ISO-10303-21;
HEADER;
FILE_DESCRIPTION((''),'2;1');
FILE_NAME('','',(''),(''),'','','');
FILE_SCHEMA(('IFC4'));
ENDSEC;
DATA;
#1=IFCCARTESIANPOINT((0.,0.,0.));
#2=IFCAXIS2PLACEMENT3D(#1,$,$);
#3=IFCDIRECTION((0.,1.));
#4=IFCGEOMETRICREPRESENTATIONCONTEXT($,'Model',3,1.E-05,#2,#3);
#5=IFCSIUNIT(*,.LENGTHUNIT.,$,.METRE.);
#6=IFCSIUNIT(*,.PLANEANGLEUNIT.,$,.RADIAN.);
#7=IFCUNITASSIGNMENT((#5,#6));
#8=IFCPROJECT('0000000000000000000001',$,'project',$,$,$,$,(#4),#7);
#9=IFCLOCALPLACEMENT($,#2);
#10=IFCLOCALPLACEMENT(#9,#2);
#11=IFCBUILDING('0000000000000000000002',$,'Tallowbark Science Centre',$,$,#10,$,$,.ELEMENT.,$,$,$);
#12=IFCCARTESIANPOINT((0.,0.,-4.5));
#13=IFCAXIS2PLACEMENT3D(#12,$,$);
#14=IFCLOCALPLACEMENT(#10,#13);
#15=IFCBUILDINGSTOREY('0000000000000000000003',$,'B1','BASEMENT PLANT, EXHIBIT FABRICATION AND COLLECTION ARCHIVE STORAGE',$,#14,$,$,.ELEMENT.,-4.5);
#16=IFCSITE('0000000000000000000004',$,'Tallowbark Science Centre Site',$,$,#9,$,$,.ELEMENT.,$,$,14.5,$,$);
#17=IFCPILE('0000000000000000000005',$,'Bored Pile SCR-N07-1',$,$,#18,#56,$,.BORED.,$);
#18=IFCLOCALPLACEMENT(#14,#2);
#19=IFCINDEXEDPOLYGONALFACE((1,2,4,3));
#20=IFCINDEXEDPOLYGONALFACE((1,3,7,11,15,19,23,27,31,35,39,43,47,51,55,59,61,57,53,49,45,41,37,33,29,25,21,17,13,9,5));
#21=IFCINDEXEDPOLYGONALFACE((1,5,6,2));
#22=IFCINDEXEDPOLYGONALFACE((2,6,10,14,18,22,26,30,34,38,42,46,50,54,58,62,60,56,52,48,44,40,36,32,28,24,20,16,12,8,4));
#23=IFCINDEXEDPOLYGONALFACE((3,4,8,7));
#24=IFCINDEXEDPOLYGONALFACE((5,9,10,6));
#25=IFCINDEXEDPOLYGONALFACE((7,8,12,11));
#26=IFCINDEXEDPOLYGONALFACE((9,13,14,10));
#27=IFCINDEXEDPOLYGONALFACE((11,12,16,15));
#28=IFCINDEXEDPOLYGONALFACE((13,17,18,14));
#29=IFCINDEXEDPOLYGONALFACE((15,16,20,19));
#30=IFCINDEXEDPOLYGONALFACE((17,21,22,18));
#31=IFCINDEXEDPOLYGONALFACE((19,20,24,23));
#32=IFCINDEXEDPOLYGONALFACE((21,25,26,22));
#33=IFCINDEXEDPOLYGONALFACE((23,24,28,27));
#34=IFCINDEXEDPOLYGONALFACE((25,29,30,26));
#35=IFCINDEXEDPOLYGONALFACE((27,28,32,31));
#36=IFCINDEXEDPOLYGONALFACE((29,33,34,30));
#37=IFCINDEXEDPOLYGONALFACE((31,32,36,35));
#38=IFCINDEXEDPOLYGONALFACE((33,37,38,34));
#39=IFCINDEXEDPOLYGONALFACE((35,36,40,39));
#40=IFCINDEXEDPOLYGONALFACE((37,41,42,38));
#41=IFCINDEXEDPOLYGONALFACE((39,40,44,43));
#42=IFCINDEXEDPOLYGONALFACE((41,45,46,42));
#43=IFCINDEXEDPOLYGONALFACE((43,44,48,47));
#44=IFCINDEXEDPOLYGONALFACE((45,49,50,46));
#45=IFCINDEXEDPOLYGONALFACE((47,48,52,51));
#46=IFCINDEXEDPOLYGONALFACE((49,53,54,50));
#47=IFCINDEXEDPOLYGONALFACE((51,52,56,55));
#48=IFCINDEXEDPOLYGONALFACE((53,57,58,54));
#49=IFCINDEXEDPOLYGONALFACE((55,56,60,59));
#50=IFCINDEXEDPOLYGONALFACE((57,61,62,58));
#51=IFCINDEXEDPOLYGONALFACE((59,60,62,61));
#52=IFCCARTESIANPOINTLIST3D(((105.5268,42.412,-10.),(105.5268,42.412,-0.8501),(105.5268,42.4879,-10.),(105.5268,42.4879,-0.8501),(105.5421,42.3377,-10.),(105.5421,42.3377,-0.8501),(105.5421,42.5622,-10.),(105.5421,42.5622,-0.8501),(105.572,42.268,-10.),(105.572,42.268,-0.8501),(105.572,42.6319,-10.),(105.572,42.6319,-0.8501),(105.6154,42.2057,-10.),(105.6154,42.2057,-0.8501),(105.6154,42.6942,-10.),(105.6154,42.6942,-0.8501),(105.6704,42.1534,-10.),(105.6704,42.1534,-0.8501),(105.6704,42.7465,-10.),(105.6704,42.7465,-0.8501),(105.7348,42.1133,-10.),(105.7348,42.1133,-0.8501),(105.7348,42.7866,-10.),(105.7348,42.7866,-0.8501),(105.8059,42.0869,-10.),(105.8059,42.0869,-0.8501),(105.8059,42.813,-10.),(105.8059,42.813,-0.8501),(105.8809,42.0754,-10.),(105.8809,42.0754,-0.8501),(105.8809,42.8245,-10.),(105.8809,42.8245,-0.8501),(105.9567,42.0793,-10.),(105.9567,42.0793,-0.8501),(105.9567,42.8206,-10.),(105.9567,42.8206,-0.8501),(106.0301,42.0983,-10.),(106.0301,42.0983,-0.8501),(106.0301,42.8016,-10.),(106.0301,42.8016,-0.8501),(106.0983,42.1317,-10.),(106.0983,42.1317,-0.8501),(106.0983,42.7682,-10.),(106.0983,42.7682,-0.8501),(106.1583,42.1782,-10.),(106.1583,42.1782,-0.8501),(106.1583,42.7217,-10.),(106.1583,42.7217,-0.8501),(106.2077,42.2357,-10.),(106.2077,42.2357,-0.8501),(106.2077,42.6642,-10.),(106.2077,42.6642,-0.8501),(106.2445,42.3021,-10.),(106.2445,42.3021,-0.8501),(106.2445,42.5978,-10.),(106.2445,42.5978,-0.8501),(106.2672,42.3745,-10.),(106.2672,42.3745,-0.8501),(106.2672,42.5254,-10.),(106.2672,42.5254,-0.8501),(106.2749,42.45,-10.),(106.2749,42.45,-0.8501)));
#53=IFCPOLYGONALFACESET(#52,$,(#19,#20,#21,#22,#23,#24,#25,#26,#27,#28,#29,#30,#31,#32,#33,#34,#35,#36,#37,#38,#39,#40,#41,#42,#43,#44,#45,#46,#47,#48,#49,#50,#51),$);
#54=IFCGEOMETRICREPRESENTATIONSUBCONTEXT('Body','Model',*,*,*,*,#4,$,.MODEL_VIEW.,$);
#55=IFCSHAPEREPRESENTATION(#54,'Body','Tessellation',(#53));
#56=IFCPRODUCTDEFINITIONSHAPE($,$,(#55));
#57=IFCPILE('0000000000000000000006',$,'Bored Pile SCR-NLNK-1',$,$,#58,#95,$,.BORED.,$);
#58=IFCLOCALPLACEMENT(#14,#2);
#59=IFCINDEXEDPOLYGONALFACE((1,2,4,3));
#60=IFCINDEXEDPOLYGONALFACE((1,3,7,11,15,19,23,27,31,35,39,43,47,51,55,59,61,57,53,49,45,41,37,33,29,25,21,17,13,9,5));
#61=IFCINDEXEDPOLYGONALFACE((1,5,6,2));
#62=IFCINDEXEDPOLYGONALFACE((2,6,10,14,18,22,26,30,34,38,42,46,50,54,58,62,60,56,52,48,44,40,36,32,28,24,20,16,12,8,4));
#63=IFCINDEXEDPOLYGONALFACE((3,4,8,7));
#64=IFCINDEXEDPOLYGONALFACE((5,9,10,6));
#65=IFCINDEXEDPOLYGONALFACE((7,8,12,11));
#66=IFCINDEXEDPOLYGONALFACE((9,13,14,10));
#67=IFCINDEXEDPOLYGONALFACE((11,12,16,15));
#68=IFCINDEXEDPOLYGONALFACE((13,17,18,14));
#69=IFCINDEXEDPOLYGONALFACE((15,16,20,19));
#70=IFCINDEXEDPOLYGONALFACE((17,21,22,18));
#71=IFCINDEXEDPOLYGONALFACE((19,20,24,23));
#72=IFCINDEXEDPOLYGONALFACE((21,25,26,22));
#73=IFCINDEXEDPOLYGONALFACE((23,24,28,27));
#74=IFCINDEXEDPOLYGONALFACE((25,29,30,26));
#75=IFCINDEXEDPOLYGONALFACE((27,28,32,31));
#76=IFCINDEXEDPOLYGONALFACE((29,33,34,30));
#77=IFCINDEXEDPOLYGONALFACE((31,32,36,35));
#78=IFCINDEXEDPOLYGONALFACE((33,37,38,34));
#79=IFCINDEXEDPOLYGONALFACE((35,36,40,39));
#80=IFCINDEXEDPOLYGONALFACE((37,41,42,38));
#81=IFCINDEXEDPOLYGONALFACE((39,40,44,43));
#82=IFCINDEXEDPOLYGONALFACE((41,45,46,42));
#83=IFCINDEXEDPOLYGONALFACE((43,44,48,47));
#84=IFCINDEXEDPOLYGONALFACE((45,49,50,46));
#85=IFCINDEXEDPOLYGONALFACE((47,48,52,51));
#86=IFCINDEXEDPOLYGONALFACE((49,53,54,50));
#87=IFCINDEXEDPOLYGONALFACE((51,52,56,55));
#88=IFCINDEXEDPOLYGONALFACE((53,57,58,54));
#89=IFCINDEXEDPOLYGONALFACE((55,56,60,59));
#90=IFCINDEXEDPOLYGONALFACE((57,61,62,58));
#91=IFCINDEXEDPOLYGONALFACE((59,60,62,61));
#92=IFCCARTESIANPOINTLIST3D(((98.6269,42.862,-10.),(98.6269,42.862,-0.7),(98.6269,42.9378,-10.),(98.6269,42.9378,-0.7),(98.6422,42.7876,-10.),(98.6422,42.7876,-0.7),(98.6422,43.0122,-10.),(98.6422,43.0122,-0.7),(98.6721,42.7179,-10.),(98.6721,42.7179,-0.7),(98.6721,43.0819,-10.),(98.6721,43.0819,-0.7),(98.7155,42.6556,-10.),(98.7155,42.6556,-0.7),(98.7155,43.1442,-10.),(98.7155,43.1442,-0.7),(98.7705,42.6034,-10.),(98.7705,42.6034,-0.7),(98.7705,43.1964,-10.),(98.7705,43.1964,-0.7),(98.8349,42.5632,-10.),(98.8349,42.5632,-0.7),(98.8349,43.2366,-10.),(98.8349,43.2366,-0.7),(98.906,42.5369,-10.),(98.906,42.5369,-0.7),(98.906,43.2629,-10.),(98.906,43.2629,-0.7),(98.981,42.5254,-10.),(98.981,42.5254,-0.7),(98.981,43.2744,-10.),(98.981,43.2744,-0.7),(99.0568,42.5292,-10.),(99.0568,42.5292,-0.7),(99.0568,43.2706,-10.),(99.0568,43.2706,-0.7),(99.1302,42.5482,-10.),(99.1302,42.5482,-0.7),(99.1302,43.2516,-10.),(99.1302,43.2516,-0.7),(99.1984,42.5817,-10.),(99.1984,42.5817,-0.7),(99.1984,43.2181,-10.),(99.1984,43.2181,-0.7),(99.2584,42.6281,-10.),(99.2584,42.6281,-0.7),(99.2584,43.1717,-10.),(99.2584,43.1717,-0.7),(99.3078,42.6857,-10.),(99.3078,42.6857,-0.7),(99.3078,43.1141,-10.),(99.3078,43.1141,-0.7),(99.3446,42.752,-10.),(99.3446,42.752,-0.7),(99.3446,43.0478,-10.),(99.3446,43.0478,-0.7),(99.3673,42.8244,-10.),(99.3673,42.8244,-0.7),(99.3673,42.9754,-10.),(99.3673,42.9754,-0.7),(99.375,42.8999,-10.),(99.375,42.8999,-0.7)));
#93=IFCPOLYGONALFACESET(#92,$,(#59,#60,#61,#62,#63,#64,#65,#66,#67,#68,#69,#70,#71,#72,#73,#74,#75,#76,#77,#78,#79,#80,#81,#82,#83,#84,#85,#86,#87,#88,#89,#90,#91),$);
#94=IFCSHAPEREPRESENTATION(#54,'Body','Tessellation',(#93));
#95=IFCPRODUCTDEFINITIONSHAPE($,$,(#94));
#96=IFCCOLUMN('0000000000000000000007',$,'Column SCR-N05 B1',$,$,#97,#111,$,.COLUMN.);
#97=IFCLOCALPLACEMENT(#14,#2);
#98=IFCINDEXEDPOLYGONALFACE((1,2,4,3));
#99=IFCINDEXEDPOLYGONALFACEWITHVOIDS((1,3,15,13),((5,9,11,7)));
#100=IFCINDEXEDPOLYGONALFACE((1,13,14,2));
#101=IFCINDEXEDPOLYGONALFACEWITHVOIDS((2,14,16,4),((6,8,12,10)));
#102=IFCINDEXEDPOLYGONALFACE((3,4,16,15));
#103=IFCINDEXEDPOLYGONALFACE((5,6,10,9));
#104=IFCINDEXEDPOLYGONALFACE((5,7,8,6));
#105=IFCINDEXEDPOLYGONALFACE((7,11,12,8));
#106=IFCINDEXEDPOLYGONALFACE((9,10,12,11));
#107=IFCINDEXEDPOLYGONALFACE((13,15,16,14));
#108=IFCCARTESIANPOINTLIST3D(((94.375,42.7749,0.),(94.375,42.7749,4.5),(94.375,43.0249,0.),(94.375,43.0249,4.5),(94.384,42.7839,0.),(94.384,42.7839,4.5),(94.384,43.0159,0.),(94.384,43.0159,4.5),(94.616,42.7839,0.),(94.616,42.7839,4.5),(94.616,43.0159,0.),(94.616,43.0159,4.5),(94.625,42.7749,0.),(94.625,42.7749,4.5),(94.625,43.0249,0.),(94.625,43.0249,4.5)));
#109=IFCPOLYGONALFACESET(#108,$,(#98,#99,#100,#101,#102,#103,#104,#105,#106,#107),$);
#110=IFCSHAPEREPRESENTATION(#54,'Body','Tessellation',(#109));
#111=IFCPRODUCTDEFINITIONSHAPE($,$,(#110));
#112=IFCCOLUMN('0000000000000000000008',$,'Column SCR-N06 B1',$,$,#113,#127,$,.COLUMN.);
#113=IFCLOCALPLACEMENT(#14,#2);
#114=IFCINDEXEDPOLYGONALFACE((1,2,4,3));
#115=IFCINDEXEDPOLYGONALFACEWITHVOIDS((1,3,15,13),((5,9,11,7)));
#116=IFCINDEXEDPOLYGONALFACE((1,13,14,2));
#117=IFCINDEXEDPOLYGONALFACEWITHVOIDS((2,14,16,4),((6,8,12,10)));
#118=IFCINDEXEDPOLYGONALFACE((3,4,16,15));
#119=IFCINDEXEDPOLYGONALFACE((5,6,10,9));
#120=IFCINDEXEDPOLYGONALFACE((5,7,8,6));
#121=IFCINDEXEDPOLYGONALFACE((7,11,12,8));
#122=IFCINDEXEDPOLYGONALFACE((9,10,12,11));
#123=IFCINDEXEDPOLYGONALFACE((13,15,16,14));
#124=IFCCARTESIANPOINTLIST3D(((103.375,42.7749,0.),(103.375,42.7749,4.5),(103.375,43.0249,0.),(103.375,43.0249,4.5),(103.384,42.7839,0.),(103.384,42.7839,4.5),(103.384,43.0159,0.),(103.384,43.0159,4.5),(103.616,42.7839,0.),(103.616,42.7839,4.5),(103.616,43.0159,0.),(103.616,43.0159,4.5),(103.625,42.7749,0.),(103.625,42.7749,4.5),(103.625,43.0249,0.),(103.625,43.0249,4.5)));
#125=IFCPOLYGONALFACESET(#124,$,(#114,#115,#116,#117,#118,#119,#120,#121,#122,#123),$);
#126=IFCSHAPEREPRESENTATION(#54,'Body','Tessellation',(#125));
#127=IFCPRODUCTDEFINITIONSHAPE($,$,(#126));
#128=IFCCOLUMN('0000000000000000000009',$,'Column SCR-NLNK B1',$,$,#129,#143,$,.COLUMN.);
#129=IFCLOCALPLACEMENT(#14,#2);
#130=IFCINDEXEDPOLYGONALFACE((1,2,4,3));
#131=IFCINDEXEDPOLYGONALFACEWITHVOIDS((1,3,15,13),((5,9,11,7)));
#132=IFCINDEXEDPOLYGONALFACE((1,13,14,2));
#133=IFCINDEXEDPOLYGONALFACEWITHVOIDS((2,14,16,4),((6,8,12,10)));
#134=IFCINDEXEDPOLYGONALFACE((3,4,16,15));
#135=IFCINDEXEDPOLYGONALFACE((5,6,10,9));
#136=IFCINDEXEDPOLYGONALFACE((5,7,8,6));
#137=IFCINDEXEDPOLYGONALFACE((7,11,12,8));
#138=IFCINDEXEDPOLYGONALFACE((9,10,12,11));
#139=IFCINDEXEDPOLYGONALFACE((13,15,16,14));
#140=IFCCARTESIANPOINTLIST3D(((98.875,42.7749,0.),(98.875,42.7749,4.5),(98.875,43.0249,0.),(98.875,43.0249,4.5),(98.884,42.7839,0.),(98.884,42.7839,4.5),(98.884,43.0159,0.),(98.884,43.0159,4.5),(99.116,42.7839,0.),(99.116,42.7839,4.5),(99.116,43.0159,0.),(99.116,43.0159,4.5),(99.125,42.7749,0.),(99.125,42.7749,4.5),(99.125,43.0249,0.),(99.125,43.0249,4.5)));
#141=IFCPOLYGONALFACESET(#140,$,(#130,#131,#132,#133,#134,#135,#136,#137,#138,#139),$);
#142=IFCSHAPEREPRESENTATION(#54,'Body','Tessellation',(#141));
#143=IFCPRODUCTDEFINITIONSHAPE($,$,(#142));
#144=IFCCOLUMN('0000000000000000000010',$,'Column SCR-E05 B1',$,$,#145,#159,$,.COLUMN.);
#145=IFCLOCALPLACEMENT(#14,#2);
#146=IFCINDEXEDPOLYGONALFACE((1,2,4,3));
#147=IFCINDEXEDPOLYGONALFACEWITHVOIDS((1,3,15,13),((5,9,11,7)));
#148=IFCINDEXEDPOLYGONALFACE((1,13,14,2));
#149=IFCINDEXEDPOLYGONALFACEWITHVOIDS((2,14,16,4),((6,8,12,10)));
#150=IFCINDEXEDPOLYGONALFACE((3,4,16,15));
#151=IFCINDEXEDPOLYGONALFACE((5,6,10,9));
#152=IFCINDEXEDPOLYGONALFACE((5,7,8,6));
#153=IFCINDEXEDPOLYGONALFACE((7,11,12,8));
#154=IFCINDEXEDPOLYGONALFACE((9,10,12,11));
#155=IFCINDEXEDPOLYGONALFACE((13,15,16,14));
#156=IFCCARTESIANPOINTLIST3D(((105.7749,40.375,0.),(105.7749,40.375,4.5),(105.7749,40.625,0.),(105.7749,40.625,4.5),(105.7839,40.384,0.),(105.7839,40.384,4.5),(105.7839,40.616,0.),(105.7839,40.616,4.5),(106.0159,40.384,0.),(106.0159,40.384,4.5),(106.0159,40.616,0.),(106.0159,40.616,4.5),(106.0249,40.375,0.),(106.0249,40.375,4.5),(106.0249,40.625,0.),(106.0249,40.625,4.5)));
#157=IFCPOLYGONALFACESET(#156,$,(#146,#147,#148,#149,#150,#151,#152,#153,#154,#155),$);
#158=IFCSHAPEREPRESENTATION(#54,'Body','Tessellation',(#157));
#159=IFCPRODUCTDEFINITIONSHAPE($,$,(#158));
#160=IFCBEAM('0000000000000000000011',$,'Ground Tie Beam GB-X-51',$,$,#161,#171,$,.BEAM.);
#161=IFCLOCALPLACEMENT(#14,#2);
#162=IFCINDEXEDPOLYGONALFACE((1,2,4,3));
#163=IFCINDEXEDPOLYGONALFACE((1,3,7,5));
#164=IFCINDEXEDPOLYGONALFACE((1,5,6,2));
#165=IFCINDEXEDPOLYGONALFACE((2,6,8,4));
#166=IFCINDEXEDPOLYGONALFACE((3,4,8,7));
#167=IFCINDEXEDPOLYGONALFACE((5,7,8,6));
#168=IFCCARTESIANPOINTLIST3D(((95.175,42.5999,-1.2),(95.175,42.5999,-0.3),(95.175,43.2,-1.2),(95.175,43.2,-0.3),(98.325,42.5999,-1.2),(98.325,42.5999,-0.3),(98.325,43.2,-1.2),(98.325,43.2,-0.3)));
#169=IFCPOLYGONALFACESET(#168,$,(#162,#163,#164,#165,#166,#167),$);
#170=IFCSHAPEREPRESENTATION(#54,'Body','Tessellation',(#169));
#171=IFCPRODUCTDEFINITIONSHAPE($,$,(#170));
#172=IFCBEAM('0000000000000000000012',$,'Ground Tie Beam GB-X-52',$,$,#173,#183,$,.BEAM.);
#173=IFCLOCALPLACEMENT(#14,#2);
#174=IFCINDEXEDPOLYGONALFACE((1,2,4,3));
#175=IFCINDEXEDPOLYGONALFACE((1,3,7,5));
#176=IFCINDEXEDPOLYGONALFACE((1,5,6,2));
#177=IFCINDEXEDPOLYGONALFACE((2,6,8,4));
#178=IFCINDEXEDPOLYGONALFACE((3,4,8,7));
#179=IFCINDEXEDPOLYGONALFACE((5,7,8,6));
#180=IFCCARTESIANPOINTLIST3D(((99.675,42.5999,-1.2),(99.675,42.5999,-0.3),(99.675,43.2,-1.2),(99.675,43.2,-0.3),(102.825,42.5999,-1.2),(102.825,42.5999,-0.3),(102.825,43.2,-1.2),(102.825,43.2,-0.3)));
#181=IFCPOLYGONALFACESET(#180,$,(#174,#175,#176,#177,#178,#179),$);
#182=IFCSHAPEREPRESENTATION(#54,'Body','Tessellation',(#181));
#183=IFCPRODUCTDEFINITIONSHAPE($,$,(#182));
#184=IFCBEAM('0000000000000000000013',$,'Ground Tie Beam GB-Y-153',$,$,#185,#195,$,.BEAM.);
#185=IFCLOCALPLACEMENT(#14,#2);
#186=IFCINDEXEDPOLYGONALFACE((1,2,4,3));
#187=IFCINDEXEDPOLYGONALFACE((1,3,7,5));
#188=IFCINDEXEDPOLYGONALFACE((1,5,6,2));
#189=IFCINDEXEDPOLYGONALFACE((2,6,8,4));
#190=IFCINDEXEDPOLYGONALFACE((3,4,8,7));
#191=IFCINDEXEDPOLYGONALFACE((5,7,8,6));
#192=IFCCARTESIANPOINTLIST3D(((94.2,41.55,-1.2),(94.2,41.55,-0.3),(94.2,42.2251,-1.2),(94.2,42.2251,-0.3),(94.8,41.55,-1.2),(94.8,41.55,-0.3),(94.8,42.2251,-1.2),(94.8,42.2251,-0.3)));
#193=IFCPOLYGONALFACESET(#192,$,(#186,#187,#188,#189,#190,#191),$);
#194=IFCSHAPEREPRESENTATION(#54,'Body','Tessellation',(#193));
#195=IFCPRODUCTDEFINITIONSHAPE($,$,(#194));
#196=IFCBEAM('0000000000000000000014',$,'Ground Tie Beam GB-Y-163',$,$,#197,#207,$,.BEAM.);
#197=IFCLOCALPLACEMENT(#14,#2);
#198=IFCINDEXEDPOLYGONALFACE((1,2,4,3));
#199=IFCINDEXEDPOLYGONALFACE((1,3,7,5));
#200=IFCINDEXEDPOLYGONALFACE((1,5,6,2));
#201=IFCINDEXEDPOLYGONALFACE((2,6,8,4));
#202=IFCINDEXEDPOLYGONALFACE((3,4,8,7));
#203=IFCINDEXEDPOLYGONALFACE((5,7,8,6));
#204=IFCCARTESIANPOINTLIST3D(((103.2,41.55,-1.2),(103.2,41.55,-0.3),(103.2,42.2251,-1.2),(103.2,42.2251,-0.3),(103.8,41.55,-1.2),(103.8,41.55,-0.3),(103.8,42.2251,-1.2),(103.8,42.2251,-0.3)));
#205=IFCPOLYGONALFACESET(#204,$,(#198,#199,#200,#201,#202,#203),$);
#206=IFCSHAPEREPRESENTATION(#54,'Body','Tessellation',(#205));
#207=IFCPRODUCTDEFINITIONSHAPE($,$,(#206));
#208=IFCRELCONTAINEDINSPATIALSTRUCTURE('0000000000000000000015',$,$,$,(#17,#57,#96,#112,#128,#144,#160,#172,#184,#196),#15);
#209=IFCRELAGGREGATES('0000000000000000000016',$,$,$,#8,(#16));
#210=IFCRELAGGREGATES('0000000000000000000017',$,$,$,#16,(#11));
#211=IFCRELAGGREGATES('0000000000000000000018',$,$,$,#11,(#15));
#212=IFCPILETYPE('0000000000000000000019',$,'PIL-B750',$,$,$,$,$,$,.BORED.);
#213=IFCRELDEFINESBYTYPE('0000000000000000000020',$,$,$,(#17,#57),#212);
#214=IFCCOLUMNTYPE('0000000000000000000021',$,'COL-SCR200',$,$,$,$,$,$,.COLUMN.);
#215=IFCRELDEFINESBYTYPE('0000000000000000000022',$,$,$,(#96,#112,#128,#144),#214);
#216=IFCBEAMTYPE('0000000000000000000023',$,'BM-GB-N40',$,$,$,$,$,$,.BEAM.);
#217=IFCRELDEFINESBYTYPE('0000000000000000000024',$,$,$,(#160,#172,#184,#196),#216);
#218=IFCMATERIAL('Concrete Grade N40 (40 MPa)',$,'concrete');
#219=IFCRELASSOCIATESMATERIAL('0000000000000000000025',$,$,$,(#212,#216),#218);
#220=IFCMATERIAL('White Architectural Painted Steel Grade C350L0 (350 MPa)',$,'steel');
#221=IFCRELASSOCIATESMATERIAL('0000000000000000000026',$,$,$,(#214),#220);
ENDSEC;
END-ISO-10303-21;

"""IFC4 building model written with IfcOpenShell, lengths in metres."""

from ifc_helpers import new_model, si_unit, direction, frame, origin, origin_2d, place, context, subcontext, project, spatial, rectangle, hollow_rectangle, circle, extrude, material, material_profile, profile_set, type_object, element, save


model = new_model("IFC4")

# Units and contexts
model_context = context("Model", 3, precision=1e-05, world=origin(), true_north=direction((0.0, 1.0)))
body_context = subcontext(model_context, "Body", "Model", "MODEL_VIEW")
ifc_project = project(units=[si_unit("LENGTHUNIT", "METRE"), si_unit("PLANEANGLEUNIT", "RADIAN")], contexts=[model_context])

# Site, building, storey
site_placement = place(None, origin())
site = spatial("IfcSite", under=ifc_project, at=site_placement, Name="Tallowbark Science Centre Site", CompositionType="ELEMENT", RefElevation=14.5)
building_placement = place(site_placement, origin())
building = spatial("IfcBuilding", under=site, at=building_placement, Name="Tallowbark Science Centre", CompositionType="ELEMENT")
storey_placement = place(building_placement, frame((0.0, 0.0, -4.5)))
storey = spatial("IfcBuildingStorey", under=building, at=storey_placement, Name="B1", Description="BASEMENT PLANT, EXHIBIT FABRICATION AND COLLECTION ARCHIVE STORAGE", CompositionType="ELEMENT", Elevation=-4.5)

# Shared definitions
ifc_material_1 = material(Name="Concrete Grade N40 (40 MPa)", Category="concrete")

# Piles
ifc_material_profile_1 = material_profile(ifc_material_1, circle(Radius=0.375, at=origin_2d()), Name="PILE750")
ifc_profile_set_1 = profile_set([ifc_material_profile_1], Name="Concrete Grade N40 (40 MPa)")
pile_type = type_object("IfcPileType", Name="PIL-B750", PredefinedType="BORED", material=ifc_profile_set_1)
pile_1_placement = place(storey_placement, frame((105.8999, 42.45, -0.8501), z_axis=(0.0, 0.0, -1.0), x_axis=(1.0, 0.0, 0.0)))
element("IfcPile", 1, at=pile_1_placement, inside=storey, type_object=pile_type, Name="Bored Pile SCR-N07-1", PredefinedType="BORED", context=body_context, shape_type="SweptSolid", body=[
    extrude(circle(Radius=0.375, at=origin_2d()), origin(), (0.0, 0.0, 1.0), 9.1499),
])
pile_2_placement = place(storey_placement, frame((99.0, 42.8999, -0.7), z_axis=(0.0, 0.0, -1.0), x_axis=(1.0, 0.0, 0.0)))
element("IfcPile", 2, at=pile_2_placement, inside=storey, type_object=pile_type, Name="Bored Pile SCR-NLNK-1", PredefinedType="BORED", context=body_context, shape_type="SweptSolid", body=[
    extrude(circle(Radius=0.375, at=origin_2d()), origin(), (0.0, 0.0, 1.0), 9.3),
])

# Columns
ifc_material_2 = material(Name="White Architectural Painted Steel Grade C350L0 (350 MPa)", Category="steel")
ifc_material_profile_2 = material_profile(ifc_material_2, hollow_rectangle(XDim=0.25, YDim=0.25, WallThickness=0.009, at=origin_2d()), Name="250x250x9.0SHS")
ifc_profile_set_2 = profile_set([ifc_material_profile_2], Name="White Architectural Painted Steel Grade C350L0 (350 MPa)")
column_type = type_object("IfcColumnType", Name="COL-SCR200", PredefinedType="COLUMN", material=ifc_profile_set_2)
for number, where, z_axis, x_axis, name in (
    (3, (94.5, 42.8999, 0.0), (0.0, 0.0, 1.0), (1.0, 0.0, 0.0), "Column SCR-N05 B1"),
    (4, (103.5, 42.8999, 0.0), (0.0, 0.0, 1.0), (1.0, 0.0, 0.0), "Column SCR-N06 B1"),
    (5, (99.0, 42.8999, 0.0), (0.0, 0.0, 1.0), (1.0, 0.0, 0.0), "Column SCR-NLNK B1"),
    (6, (105.8999, 40.5, 0.0), (0.0, 0.0, 1.0), (1.0, 0.0, 0.0), "Column SCR-E05 B1"),
):
    element("IfcColumn", number, at=place(storey_placement, frame(where, z_axis=z_axis, x_axis=x_axis)), inside=storey, type_object=column_type, Name=name, PredefinedType="COLUMN", context=body_context, shape_type="SweptSolid", body=[
        extrude(hollow_rectangle(XDim=0.25, YDim=0.25, WallThickness=0.009, at=origin_2d()), origin(), (0.0, 0.0, 1.0), 4.5),
    ])

# Beams
ifc_material_profile_3 = material_profile(ifc_material_1, rectangle(XDim=0.6001, YDim=0.8999, at=origin_2d()), Name="RC600x900")
ifc_profile_set_3 = profile_set([ifc_material_profile_3], Name="Concrete Grade N40 (40 MPa)")
beam_type = type_object("IfcBeamType", Name="BM-GB-N40", PredefinedType="BEAM", material=ifc_profile_set_3)
for number, where, z_axis, x_axis, name in (
    (7, (95.175, 42.8999, -0.75), (1.0, 0.0, 0.0), (0.0, 1.0, 0.0), "Ground Tie Beam GB-X-51"),
    (8, (99.675, 42.8999, -0.75), (1.0, 0.0, 0.0), (0.0, 1.0, 0.0), "Ground Tie Beam GB-X-52"),
):
    element("IfcBeam", number, at=place(storey_placement, frame(where, z_axis=z_axis, x_axis=x_axis)), inside=storey, type_object=beam_type, Name=name, PredefinedType="BEAM", context=body_context, shape_type="SweptSolid", body=[
        extrude(rectangle(XDim=0.6001, YDim=0.8999, at=origin_2d()), origin(), (0.0, 0.0, 1.0), 3.1499),
    ])
for number, where, z_axis, x_axis, name in (
    (9, (94.5, 41.55, -0.75), (0.0, 1.0, 0.0), (-1.0, 0.0, 0.0), "Ground Tie Beam GB-Y-153"),
    (10, (103.5, 41.55, -0.75), (0.0, 1.0, 0.0), (-1.0, 0.0, 0.0), "Ground Tie Beam GB-Y-163"),
):
    element("IfcBeam", number, at=place(storey_placement, frame(where, z_axis=z_axis, x_axis=x_axis)), inside=storey, type_object=beam_type, Name=name, PredefinedType="BEAM", context=body_context, shape_type="SweptSolid", body=[
        extrude(rectangle(XDim=0.6001, YDim=0.8999, at=origin_2d()), origin(), (0.0, 0.0, 1.0), 0.675),
    ])

save(model, "model.ifc")
